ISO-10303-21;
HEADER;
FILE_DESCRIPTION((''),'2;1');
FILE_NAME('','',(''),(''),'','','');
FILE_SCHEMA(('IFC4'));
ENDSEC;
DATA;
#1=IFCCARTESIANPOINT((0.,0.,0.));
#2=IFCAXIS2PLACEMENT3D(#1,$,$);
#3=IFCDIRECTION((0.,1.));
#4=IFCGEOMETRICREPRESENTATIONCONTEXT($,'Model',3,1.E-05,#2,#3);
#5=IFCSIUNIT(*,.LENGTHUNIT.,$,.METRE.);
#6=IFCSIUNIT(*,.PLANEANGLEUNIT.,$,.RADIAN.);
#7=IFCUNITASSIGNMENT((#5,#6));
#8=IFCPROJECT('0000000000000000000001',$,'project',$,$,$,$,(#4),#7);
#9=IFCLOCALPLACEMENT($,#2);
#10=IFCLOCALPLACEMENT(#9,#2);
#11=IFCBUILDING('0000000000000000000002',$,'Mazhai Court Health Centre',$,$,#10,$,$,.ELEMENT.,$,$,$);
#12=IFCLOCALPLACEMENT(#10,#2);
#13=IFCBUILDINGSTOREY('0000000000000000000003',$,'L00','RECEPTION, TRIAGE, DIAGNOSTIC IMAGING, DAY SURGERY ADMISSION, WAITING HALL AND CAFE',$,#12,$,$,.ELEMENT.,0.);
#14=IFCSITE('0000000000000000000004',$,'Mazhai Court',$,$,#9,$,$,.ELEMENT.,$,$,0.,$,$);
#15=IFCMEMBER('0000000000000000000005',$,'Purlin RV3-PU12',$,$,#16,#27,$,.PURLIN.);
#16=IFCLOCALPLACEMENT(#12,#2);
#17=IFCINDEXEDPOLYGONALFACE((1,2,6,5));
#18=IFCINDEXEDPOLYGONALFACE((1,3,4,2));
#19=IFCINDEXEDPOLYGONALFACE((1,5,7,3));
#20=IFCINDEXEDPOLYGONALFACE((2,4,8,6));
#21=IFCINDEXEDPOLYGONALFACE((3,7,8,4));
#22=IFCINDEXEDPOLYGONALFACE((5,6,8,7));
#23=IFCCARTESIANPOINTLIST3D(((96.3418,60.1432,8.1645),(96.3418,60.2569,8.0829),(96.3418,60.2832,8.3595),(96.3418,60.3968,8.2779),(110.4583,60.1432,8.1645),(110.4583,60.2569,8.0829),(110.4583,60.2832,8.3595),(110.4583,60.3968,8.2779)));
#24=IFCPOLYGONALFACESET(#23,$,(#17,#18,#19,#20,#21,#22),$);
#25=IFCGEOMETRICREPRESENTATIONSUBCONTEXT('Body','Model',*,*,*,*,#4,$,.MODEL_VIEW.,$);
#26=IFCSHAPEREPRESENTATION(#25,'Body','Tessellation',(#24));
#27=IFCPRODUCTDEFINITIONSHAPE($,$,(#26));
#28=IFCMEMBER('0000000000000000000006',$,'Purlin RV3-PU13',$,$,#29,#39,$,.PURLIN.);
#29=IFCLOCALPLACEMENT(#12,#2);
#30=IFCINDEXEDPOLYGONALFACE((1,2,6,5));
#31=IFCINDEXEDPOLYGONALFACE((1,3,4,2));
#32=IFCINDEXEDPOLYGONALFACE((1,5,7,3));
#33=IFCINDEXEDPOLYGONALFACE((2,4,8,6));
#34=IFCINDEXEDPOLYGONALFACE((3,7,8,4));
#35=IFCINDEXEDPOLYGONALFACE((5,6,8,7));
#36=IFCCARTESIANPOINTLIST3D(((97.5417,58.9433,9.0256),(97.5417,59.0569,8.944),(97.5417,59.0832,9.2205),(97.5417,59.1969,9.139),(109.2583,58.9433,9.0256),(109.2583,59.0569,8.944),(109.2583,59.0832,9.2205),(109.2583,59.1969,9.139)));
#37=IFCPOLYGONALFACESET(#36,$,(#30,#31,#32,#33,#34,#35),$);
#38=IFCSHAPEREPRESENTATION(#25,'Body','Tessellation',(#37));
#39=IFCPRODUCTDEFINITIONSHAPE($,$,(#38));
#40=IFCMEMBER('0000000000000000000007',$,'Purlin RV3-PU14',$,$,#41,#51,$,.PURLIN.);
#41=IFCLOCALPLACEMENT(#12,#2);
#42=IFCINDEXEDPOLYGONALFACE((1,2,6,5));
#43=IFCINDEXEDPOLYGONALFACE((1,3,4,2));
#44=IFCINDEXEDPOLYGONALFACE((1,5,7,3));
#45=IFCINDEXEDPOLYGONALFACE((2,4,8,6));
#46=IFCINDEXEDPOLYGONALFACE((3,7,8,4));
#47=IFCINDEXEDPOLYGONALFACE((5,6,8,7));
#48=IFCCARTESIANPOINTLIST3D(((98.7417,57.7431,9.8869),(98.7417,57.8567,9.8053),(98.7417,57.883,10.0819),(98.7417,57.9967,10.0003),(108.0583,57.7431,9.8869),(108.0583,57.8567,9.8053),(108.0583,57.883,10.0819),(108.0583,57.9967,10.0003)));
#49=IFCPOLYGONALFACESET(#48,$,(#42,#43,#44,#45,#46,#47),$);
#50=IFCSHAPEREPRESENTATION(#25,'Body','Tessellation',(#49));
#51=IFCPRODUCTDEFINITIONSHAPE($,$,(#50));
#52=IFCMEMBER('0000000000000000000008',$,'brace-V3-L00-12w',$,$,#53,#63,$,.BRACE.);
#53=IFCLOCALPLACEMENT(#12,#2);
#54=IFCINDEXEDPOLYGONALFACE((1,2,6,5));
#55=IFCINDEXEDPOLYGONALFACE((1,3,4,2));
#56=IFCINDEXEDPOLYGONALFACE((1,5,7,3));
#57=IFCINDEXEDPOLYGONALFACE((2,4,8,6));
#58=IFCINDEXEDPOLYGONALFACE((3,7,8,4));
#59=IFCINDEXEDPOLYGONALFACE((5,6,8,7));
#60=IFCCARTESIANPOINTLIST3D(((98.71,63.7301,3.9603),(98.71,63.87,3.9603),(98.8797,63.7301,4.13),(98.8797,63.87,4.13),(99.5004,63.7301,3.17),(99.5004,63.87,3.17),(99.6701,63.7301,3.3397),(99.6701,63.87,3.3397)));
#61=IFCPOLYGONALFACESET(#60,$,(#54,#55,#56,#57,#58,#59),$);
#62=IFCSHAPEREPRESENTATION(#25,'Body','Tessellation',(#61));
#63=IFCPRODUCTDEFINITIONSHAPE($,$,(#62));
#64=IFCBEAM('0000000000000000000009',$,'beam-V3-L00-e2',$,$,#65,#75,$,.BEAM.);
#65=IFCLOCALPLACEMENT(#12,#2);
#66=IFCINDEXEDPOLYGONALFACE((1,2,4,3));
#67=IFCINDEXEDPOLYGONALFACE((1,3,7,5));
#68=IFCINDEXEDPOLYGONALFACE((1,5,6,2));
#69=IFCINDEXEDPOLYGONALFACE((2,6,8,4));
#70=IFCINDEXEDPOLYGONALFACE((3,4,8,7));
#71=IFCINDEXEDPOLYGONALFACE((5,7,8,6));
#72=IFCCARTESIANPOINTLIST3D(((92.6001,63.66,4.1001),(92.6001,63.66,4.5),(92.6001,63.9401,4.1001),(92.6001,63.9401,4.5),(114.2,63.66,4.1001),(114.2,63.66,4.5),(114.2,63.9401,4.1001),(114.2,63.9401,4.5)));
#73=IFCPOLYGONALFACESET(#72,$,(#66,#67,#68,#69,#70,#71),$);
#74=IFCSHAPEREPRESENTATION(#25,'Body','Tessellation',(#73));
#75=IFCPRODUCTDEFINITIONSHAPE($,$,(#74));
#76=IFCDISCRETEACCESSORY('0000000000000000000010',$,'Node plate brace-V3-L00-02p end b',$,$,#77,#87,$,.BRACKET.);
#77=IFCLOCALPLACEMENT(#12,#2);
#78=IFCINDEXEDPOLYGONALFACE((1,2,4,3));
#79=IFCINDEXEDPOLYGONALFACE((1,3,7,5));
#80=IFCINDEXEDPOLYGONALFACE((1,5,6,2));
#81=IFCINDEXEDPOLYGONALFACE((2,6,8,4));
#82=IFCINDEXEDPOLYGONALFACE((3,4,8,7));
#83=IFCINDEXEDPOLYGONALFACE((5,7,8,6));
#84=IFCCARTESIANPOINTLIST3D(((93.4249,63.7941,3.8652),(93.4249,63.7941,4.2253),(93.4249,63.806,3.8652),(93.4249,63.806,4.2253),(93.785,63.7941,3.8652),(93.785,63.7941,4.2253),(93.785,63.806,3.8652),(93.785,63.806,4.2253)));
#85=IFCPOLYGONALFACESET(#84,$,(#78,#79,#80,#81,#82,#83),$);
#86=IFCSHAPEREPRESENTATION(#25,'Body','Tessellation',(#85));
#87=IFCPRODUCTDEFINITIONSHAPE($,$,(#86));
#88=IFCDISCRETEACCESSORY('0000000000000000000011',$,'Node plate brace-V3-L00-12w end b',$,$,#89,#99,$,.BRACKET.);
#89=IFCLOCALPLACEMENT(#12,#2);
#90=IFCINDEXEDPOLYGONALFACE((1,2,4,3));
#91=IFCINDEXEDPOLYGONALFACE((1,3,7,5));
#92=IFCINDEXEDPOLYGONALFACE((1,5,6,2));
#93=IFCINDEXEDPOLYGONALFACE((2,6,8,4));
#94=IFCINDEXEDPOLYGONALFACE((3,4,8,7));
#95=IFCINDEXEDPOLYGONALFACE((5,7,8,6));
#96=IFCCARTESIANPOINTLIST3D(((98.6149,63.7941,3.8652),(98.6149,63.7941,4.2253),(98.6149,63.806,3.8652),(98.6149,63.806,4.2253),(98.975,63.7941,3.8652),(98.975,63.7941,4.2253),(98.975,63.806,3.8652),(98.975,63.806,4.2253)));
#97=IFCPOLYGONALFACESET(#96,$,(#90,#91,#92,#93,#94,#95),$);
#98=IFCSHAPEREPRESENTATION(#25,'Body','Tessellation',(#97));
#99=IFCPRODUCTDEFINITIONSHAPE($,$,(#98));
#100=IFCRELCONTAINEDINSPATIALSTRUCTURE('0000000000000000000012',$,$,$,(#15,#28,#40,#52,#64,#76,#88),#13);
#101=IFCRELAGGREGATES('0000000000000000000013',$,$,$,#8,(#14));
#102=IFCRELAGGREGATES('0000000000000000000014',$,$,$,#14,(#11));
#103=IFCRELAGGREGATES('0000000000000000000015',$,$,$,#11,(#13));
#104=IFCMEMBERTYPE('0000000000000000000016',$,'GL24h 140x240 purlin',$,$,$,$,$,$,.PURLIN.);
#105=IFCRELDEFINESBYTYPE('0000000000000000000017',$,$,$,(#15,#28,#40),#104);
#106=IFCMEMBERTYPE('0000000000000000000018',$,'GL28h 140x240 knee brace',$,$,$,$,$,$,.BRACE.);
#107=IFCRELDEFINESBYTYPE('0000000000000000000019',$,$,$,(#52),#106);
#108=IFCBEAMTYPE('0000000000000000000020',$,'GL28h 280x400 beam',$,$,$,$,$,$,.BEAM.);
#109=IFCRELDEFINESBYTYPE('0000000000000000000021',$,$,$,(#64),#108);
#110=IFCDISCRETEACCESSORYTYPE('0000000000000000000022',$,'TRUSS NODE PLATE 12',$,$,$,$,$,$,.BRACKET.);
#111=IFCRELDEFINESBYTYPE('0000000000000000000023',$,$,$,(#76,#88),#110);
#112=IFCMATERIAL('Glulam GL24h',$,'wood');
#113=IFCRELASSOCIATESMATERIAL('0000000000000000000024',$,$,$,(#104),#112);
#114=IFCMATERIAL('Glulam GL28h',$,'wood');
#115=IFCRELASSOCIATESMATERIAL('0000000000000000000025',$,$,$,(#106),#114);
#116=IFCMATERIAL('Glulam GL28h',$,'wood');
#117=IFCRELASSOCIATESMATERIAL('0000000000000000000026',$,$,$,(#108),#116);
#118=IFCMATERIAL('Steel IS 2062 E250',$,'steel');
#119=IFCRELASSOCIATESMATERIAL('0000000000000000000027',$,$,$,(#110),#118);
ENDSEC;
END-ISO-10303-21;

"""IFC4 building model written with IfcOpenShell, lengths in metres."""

from ifc_helpers import new_model, si_unit, direction, frame, origin, origin_2d, place, context, subcontext, project, spatial, rectangle, extrude, material, material_profile, profile_set, type_object, element, save


model = new_model("IFC4")

# Units and contexts
model_context = context("Model", 3, precision=1e-05, world=origin(), true_north=direction((0.0, 1.0)))
body_context = subcontext(model_context, "Body", "Model", "MODEL_VIEW")
ifc_project = project(units=[si_unit("LENGTHUNIT", "METRE"), si_unit("PLANEANGLEUNIT", "RADIAN")], contexts=[model_context])

# Site, building, storey
site_placement = place(None, origin())
site = spatial("IfcSite", under=ifc_project, at=site_placement, Name="Mazhai Court", CompositionType="ELEMENT", RefElevation=0.0)
building_placement = place(site_placement, origin())
building = spatial("IfcBuilding", under=site, at=building_placement, Name="Mazhai Court Health Centre", CompositionType="ELEMENT")
storey_placement = place(building_placement, origin())
storey = spatial("IfcBuildingStorey", under=building, at=storey_placement, Name="L00", Description="RECEPTION, TRIAGE, DIAGNOSTIC IMAGING, DAY SURGERY ADMISSION, WAITING HALL AND CAFE", CompositionType="ELEMENT", Elevation=0.0)

# Members
ifc_material_1 = material(Name="Glulam GL24h", Category="wood")
ifc_material_profile_1 = material_profile(ifc_material_1, rectangle(XDim=0.1399, YDim=0.24, at=origin_2d()), Name="GL24h 140x240")
ifc_profile_set_1 = profile_set([ifc_material_profile_1], Name="Glulam GL24h")
member_type_1 = type_object("IfcMemberType", Name="GL24h 140x240 purlin", PredefinedType="PURLIN", material=ifc_profile_set_1)
member_1_placement = place(storey_placement, frame((96.3418, 60.27, 8.2212), z_axis=(1.0, 0.0, 0.0), x_axis=(0.0, 0.812431, -0.583057)))
element("IfcMember", 1, at=member_1_placement, inside=storey, type_object=member_type_1, Name="Purlin RV3-PU12", PredefinedType="PURLIN", context=body_context, shape_type="SweptSolid", body=[
    extrude(rectangle(XDim=0.1399, YDim=0.24, at=origin_2d()), origin(), (0.0, 0.0, 1.0), 14.1165),
])
member_2_placement = place(storey_placement, frame((97.5417, 59.0701, 9.0823), z_axis=(1.0, 0.0, 0.0), x_axis=(0.0, 0.812431, -0.583057)))
element("IfcMember", 2, at=member_2_placement, inside=storey, type_object=member_type_1, Name="Purlin RV3-PU13", PredefinedType="PURLIN", context=body_context, shape_type="SweptSolid", body=[
    extrude(rectangle(XDim=0.1399, YDim=0.24, at=origin_2d()), origin(), (0.0, 0.0, 1.0), 11.7166),
])
member_3_placement = place(storey_placement, frame((98.7417, 57.8699, 9.9436), z_axis=(1.0, 0.0, 0.0), x_axis=(0.0, 0.812431, -0.583057)))
element("IfcMember", 3, at=member_3_placement, inside=storey, type_object=member_type_1, Name="Purlin RV3-PU14", PredefinedType="PURLIN", context=body_context, shape_type="SweptSolid", body=[
    extrude(rectangle(XDim=0.1399, YDim=0.24, at=origin_2d()), origin(), (0.0, 0.0, 1.0), 9.3167),
])
ifc_material_2 = material(Name="Glulam GL28h", Category="wood")
ifc_material_profile_2 = material_profile(ifc_material_2, rectangle(XDim=0.1399, YDim=0.24, at=origin_2d()), Name="GL28h 140x240")
ifc_profile_set_2 = profile_set([ifc_material_profile_2], Name="Glulam GL28h")
member_type_2 = type_object("IfcMemberType", Name="GL28h 140x240 knee brace", PredefinedType="BRACE", material=ifc_profile_set_2)
member_4_placement = place(storey_placement, frame((99.5852, 63.8, 3.2549), z_axis=(-0.707107, 0.0, 0.707107), x_axis=(0.0, -1.0, 0.0)))
element("IfcMember", 4, at=member_4_placement, inside=storey, type_object=member_type_2, Name="brace-V3-L00-12w", PredefinedType="BRACE", context=body_context, shape_type="SweptSolid", body=[
    extrude(rectangle(XDim=0.1399, YDim=0.24, at=origin_2d()), origin(), (0.0, 0.0, 1.0), 1.1177),
])

# Beam
ifc_material_3 = material(Name="Glulam GL28h", Category="wood")
ifc_material_profile_3 = material_profile(ifc_material_3, rectangle(XDim=0.28, YDim=0.3999, at=origin_2d()), Name="GL28h 280x400")
ifc_profile_set_3 = profile_set([ifc_material_profile_3], Name="Glulam GL28h")
beam_type = type_object("IfcBeamType", Name="GL28h 280x400 beam", PredefinedType="BEAM", material=ifc_profile_set_3)
beam_placement = place(storey_placement, frame((92.6001, 63.8, 4.3), z_axis=(1.0, 0.0, 0.0), x_axis=(0.0, 1.0, 0.0)))
element("IfcBeam", 5, at=beam_placement, inside=storey, type_object=beam_type, Name="beam-V3-L00-e2", PredefinedType="BEAM", context=body_context, shape_type="SweptSolid", body=[
    extrude(rectangle(XDim=0.28, YDim=0.3999, at=origin_2d()), origin(), (0.0, 0.0, 1.0), 21.5999),
])

# Discrete accessories
ifc_material_4 = material(Name="Steel IS 2062 E250", Category="steel")
discrete_accessory_type = type_object("IfcDiscreteAccessoryType", Name="TRUSS NODE PLATE 12", PredefinedType="BRACKET", material=ifc_material_4)
for number, where, z_axis, x_axis, name in (
    (6, (93.605, 63.8, 3.8652), (0.0, 0.0, 1.0), (1.0, 0.0, 0.0), "Node plate brace-V3-L00-02p end b"),
    (7, (98.7949, 63.8, 3.8652), (0.0, 0.0, 1.0), (1.0, 0.0, 0.0), "Node plate brace-V3-L00-12w end b"),
):
    element("IfcDiscreteAccessory", number, at=place(storey_placement, frame(where, z_axis=z_axis, x_axis=x_axis)), inside=storey, type_object=discrete_accessory_type, Name=name, PredefinedType="BRACKET", context=body_context, shape_type="SweptSolid", body=[
        extrude(rectangle(XDim=0.3601, YDim=0.012, at=origin_2d()), origin(), (0.0, 0.0, 1.0), 0.3601),
    ])

save(model, "model.ifc")
